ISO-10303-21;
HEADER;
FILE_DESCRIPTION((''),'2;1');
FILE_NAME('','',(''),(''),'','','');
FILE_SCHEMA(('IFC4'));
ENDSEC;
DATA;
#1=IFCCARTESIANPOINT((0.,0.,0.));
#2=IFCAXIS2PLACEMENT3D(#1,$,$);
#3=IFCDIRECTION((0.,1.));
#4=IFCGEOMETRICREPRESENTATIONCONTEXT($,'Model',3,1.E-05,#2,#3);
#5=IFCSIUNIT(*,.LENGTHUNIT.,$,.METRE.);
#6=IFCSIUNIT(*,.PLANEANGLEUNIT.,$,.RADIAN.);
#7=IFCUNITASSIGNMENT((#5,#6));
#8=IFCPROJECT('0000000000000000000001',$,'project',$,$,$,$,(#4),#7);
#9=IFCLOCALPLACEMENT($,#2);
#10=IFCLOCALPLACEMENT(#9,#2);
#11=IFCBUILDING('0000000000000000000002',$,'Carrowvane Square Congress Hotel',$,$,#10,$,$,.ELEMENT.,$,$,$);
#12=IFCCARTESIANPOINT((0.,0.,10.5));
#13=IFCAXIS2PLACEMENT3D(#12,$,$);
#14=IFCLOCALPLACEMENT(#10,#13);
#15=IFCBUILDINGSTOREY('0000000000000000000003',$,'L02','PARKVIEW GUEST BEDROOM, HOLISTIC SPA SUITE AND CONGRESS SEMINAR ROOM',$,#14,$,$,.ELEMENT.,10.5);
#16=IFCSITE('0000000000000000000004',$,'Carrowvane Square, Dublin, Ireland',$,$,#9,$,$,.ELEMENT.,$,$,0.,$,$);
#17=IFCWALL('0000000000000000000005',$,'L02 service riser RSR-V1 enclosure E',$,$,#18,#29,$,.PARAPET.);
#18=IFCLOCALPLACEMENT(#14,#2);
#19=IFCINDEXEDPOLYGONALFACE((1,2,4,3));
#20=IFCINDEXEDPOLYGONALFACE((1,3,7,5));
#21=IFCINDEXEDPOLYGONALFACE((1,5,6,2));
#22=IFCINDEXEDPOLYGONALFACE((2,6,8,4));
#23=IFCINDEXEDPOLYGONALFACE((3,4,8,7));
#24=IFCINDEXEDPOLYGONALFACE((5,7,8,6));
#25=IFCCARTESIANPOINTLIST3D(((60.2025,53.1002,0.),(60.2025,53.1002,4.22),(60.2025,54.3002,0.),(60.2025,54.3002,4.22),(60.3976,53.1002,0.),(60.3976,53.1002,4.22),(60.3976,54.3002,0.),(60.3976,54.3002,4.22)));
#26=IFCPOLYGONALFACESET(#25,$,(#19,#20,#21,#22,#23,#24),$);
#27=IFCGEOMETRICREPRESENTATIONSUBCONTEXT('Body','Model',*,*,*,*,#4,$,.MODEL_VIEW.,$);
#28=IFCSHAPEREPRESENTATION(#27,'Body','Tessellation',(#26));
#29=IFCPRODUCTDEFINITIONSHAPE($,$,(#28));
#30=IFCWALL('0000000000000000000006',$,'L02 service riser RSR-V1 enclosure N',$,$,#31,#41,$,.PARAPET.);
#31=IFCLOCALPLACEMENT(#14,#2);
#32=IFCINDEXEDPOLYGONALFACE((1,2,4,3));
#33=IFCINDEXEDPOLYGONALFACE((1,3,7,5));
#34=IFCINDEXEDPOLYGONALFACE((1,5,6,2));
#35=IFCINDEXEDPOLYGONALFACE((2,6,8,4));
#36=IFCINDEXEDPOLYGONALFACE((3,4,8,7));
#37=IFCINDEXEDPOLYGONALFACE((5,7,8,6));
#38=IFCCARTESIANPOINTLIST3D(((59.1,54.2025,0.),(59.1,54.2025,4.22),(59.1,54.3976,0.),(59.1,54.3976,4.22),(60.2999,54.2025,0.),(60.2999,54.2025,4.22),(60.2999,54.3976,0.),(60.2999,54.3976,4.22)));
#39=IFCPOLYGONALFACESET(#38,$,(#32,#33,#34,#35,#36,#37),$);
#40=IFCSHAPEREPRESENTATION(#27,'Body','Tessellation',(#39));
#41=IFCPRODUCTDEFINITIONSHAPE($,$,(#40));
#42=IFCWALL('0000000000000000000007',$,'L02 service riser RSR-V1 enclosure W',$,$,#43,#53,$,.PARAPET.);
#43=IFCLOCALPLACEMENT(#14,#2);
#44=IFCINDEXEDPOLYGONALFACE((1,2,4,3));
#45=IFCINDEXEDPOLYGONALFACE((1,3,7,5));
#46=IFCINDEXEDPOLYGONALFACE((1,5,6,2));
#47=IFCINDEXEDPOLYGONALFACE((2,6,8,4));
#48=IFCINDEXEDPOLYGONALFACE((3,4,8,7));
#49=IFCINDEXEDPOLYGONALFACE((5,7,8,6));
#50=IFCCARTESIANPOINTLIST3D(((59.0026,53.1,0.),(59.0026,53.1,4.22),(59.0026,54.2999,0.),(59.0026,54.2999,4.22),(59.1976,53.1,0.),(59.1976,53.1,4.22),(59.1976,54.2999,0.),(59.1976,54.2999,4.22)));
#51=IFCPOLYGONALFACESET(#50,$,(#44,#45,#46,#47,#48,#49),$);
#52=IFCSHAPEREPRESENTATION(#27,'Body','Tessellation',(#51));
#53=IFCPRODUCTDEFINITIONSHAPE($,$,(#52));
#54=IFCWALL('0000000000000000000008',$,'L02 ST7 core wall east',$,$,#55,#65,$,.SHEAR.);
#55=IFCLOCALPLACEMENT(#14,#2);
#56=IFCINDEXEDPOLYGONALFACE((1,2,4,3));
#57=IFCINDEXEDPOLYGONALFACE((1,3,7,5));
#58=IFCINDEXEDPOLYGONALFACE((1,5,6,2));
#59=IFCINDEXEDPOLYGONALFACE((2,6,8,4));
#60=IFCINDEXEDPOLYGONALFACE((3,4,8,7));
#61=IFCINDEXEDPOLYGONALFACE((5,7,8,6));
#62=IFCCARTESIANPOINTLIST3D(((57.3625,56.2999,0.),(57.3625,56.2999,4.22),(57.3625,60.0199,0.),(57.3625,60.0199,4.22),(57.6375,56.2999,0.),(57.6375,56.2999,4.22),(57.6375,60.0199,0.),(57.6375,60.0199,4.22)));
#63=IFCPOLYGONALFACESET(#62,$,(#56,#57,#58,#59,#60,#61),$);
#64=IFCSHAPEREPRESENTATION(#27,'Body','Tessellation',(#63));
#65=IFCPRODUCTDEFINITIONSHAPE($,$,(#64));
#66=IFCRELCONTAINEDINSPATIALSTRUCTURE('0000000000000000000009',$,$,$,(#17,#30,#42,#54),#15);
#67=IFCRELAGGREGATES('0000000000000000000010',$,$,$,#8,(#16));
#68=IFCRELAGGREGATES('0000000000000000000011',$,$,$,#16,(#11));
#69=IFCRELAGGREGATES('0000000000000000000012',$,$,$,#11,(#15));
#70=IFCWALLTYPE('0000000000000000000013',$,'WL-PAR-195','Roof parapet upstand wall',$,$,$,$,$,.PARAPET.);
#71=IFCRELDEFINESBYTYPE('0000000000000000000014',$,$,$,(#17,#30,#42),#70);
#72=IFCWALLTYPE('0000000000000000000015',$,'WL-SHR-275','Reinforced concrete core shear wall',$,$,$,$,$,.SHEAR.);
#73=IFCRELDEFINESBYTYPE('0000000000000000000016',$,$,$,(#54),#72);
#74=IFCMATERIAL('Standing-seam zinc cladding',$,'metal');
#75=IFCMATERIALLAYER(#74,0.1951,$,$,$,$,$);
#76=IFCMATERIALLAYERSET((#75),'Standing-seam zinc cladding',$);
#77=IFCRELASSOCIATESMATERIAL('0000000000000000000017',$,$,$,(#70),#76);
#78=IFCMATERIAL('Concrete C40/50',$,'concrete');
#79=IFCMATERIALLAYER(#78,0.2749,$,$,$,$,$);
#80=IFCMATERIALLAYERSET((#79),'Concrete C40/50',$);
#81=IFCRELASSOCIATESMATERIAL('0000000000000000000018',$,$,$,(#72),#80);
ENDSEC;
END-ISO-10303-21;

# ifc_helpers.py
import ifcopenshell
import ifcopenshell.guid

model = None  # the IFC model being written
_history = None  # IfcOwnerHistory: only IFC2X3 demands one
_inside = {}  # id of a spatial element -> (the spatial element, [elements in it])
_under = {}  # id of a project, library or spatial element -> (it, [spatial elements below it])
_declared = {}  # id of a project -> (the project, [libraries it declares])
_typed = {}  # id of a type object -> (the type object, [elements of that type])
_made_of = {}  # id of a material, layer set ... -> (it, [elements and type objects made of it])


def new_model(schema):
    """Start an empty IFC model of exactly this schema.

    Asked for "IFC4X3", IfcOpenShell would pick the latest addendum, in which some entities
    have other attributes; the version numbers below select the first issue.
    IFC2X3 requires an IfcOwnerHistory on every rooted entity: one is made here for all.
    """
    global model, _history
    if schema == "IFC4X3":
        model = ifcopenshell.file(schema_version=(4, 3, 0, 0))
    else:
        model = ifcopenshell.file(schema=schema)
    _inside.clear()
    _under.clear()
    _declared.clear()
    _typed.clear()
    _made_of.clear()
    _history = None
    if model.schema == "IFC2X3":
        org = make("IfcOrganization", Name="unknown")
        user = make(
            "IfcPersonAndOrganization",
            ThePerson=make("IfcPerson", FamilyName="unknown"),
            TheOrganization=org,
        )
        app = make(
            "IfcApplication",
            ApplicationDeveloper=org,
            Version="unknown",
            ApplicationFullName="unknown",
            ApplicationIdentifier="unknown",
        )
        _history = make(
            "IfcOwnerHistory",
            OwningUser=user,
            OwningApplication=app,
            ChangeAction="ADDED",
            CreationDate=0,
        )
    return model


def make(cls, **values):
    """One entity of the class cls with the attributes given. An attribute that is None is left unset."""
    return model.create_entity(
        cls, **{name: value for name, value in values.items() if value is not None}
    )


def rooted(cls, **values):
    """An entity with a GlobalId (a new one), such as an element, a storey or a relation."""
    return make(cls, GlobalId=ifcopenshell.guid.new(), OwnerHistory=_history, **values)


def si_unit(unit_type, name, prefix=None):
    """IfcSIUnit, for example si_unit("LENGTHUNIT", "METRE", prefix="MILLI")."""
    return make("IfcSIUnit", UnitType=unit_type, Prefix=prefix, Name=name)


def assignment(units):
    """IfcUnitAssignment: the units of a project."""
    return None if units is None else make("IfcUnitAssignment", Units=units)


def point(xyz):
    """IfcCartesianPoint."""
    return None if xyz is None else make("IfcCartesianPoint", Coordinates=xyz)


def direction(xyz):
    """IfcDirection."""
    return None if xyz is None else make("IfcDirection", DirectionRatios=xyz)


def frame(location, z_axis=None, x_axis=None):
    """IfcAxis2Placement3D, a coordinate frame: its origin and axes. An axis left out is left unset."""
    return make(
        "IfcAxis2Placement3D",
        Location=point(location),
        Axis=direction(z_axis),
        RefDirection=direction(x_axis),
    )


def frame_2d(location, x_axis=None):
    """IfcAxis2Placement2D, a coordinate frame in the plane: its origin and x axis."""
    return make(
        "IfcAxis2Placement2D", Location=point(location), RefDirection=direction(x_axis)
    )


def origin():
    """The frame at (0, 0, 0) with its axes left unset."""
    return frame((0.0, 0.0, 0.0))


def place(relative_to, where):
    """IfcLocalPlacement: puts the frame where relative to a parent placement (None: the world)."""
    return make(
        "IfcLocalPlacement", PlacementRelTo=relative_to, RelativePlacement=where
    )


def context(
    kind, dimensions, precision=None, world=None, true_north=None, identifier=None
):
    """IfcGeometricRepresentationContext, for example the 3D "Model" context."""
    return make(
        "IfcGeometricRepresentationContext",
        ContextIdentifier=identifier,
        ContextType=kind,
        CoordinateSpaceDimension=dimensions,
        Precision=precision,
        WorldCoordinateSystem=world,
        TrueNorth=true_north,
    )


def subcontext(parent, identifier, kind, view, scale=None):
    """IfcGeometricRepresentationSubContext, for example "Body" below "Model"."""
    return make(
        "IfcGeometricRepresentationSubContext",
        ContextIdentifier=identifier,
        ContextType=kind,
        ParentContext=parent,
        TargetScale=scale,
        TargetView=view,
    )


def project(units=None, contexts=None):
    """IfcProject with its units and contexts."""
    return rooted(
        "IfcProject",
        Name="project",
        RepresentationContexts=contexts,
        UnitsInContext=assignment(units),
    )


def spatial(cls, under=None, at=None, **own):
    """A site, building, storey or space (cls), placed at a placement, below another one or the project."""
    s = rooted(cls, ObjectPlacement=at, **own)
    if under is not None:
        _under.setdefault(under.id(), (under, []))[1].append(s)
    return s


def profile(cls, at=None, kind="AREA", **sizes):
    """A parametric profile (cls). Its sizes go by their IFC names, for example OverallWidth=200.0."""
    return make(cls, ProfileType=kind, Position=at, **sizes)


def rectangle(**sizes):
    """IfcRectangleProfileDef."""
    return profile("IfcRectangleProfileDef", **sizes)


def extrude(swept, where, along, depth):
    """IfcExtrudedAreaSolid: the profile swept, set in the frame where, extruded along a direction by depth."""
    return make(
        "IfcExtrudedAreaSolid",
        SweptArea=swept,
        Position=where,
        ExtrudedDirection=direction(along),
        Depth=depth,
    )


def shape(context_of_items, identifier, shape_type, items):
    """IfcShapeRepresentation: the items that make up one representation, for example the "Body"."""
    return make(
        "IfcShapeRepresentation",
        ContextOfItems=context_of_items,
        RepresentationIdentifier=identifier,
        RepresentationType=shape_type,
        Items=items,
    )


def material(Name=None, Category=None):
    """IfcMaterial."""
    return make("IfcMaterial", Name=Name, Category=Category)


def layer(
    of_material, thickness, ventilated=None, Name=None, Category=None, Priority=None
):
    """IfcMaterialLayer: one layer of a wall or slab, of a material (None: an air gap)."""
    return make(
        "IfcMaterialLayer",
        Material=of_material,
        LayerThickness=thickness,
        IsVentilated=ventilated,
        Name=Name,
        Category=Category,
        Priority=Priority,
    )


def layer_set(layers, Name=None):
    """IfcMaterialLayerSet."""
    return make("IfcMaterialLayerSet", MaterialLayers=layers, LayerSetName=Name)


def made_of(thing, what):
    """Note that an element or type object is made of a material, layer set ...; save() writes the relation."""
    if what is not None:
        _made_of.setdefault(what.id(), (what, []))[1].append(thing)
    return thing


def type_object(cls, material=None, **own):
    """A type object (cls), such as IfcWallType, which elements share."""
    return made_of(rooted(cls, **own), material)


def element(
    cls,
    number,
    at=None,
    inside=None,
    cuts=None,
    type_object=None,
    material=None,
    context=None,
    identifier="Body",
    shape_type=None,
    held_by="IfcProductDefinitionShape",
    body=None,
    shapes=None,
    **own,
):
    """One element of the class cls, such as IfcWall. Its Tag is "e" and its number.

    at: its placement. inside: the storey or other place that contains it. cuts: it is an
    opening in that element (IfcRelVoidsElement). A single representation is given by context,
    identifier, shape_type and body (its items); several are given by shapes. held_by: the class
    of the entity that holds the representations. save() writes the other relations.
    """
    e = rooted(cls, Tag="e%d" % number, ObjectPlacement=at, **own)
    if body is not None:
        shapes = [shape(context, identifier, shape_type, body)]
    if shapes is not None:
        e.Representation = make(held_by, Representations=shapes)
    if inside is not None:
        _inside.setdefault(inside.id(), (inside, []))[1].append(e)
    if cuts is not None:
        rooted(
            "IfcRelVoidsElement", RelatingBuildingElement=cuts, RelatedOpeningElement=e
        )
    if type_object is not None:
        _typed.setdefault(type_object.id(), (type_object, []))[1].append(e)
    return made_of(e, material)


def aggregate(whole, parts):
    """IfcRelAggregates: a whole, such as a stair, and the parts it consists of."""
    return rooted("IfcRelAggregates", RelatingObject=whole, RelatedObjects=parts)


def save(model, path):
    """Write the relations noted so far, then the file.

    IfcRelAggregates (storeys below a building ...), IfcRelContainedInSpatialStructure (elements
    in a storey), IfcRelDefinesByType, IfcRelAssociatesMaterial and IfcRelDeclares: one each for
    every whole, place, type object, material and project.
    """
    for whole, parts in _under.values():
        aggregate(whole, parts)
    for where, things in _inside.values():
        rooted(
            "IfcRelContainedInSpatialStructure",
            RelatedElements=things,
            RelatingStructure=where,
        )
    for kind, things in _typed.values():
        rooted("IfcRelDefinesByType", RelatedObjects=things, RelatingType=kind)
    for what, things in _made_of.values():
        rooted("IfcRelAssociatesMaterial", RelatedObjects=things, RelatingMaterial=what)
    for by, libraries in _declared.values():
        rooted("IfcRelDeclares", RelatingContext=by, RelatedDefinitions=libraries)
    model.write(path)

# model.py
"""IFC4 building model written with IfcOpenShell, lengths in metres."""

from ifc_helpers import new_model, si_unit, direction, frame, frame_2d, origin, place, context, subcontext, project, spatial, rectangle, extrude, material, layer, layer_set, type_object, element, save


model = new_model("IFC4")

# Units and contexts
model_context = context("Model", 3, precision=1e-05, world=origin(), true_north=direction((0.0, 1.0)))
body_context = subcontext(model_context, "Body", "Model", "MODEL_VIEW")
ifc_project = project(units=[si_unit("LENGTHUNIT", "METRE"), si_unit("PLANEANGLEUNIT", "RADIAN")], contexts=[model_context])

# Site, building, storey
site_placement = place(None, origin())
site = spatial("IfcSite", under=ifc_project, at=site_placement, Name="Carrowvane Square, Dublin, Ireland", CompositionType="ELEMENT", RefElevation=0.0)
building_placement = place(site_placement, origin())
building = spatial("IfcBuilding", under=site, at=building_placement, Name="Carrowvane Square Congress Hotel", CompositionType="ELEMENT")
storey_placement = place(building_placement, frame((0.0, 0.0, 10.5)))
storey = spatial("IfcBuildingStorey", under=building, at=storey_placement, Name="L02", Description="PARKVIEW GUEST BEDROOM, HOLISTIC SPA SUITE AND CONGRESS SEMINAR ROOM", CompositionType="ELEMENT", Elevation=10.5)

# Walls
ifc_material_1 = material(Name="Standing-seam zinc cladding", Category="metal")
ifc_layer_1 = layer(ifc_material_1, 0.1951)
ifc_layer_set_1 = layer_set([ifc_layer_1], Name="Standing-seam zinc cladding")
wall_type_1 = type_object("IfcWallType", Name="WL-PAR-195", Description="Roof parapet upstand wall", PredefinedType="PARAPET", material=ifc_layer_set_1)
for number, where, z_axis, x_axis, name in (
    (1, (60.3, 53.1001, 0.0), (0.0, 0.0, 1.0), (0.0, 1.0, 0.0), "L02 service riser RSR-V1 enclosure E"),
    (2, (60.3, 54.3, 0.0), (0.0, 0.0, 1.0), (-1.0, 0.0, 0.0), "L02 service riser RSR-V1 enclosure N"),
    (3, (59.1001, 54.3, 0.0), (0.0, 0.0, 1.0), (0.0, -1.0, 0.0), "L02 service riser RSR-V1 enclosure W"),
):
    element("IfcWall", number, at=place(storey_placement, frame(where, z_axis=z_axis, x_axis=x_axis)), inside=storey, type_object=wall_type_1, Name=name, PredefinedType="PARAPET", context=body_context, shape_type="SweptSolid", body=[
        extrude(rectangle(XDim=1.2, YDim=0.1951, at=frame_2d((0.6001, 0.0))), origin(), (0.0, 0.0, 1.0), 4.22),
    ])
ifc_material_2 = material(Name="Concrete C40/50", Category="concrete")
ifc_layer_2 = layer(ifc_material_2, 0.2749)
ifc_layer_set_2 = layer_set([ifc_layer_2], Name="Concrete C40/50")
wall_type_2 = type_object("IfcWallType", Name="WL-SHR-275", Description="Reinforced concrete core shear wall", PredefinedType="SHEAR", material=ifc_layer_set_2)
wall_1_placement = place(storey_placement, frame((57.5, 56.3, 0.0), z_axis=(0.0, 0.0, 1.0), x_axis=(0.0, 1.0, 0.0)))
element("IfcWall", 4, at=wall_1_placement, inside=storey, type_object=wall_type_2, Name="L02 ST7 core wall east", PredefinedType="SHEAR", context=body_context, shape_type="SweptSolid", body=[
    extrude(rectangle(XDim=3.72, YDim=0.2749, at=frame_2d((1.8599, 0.0))), origin(), (0.0, 0.0, 1.0), 4.22),
])

save(model, "model.ifc")
